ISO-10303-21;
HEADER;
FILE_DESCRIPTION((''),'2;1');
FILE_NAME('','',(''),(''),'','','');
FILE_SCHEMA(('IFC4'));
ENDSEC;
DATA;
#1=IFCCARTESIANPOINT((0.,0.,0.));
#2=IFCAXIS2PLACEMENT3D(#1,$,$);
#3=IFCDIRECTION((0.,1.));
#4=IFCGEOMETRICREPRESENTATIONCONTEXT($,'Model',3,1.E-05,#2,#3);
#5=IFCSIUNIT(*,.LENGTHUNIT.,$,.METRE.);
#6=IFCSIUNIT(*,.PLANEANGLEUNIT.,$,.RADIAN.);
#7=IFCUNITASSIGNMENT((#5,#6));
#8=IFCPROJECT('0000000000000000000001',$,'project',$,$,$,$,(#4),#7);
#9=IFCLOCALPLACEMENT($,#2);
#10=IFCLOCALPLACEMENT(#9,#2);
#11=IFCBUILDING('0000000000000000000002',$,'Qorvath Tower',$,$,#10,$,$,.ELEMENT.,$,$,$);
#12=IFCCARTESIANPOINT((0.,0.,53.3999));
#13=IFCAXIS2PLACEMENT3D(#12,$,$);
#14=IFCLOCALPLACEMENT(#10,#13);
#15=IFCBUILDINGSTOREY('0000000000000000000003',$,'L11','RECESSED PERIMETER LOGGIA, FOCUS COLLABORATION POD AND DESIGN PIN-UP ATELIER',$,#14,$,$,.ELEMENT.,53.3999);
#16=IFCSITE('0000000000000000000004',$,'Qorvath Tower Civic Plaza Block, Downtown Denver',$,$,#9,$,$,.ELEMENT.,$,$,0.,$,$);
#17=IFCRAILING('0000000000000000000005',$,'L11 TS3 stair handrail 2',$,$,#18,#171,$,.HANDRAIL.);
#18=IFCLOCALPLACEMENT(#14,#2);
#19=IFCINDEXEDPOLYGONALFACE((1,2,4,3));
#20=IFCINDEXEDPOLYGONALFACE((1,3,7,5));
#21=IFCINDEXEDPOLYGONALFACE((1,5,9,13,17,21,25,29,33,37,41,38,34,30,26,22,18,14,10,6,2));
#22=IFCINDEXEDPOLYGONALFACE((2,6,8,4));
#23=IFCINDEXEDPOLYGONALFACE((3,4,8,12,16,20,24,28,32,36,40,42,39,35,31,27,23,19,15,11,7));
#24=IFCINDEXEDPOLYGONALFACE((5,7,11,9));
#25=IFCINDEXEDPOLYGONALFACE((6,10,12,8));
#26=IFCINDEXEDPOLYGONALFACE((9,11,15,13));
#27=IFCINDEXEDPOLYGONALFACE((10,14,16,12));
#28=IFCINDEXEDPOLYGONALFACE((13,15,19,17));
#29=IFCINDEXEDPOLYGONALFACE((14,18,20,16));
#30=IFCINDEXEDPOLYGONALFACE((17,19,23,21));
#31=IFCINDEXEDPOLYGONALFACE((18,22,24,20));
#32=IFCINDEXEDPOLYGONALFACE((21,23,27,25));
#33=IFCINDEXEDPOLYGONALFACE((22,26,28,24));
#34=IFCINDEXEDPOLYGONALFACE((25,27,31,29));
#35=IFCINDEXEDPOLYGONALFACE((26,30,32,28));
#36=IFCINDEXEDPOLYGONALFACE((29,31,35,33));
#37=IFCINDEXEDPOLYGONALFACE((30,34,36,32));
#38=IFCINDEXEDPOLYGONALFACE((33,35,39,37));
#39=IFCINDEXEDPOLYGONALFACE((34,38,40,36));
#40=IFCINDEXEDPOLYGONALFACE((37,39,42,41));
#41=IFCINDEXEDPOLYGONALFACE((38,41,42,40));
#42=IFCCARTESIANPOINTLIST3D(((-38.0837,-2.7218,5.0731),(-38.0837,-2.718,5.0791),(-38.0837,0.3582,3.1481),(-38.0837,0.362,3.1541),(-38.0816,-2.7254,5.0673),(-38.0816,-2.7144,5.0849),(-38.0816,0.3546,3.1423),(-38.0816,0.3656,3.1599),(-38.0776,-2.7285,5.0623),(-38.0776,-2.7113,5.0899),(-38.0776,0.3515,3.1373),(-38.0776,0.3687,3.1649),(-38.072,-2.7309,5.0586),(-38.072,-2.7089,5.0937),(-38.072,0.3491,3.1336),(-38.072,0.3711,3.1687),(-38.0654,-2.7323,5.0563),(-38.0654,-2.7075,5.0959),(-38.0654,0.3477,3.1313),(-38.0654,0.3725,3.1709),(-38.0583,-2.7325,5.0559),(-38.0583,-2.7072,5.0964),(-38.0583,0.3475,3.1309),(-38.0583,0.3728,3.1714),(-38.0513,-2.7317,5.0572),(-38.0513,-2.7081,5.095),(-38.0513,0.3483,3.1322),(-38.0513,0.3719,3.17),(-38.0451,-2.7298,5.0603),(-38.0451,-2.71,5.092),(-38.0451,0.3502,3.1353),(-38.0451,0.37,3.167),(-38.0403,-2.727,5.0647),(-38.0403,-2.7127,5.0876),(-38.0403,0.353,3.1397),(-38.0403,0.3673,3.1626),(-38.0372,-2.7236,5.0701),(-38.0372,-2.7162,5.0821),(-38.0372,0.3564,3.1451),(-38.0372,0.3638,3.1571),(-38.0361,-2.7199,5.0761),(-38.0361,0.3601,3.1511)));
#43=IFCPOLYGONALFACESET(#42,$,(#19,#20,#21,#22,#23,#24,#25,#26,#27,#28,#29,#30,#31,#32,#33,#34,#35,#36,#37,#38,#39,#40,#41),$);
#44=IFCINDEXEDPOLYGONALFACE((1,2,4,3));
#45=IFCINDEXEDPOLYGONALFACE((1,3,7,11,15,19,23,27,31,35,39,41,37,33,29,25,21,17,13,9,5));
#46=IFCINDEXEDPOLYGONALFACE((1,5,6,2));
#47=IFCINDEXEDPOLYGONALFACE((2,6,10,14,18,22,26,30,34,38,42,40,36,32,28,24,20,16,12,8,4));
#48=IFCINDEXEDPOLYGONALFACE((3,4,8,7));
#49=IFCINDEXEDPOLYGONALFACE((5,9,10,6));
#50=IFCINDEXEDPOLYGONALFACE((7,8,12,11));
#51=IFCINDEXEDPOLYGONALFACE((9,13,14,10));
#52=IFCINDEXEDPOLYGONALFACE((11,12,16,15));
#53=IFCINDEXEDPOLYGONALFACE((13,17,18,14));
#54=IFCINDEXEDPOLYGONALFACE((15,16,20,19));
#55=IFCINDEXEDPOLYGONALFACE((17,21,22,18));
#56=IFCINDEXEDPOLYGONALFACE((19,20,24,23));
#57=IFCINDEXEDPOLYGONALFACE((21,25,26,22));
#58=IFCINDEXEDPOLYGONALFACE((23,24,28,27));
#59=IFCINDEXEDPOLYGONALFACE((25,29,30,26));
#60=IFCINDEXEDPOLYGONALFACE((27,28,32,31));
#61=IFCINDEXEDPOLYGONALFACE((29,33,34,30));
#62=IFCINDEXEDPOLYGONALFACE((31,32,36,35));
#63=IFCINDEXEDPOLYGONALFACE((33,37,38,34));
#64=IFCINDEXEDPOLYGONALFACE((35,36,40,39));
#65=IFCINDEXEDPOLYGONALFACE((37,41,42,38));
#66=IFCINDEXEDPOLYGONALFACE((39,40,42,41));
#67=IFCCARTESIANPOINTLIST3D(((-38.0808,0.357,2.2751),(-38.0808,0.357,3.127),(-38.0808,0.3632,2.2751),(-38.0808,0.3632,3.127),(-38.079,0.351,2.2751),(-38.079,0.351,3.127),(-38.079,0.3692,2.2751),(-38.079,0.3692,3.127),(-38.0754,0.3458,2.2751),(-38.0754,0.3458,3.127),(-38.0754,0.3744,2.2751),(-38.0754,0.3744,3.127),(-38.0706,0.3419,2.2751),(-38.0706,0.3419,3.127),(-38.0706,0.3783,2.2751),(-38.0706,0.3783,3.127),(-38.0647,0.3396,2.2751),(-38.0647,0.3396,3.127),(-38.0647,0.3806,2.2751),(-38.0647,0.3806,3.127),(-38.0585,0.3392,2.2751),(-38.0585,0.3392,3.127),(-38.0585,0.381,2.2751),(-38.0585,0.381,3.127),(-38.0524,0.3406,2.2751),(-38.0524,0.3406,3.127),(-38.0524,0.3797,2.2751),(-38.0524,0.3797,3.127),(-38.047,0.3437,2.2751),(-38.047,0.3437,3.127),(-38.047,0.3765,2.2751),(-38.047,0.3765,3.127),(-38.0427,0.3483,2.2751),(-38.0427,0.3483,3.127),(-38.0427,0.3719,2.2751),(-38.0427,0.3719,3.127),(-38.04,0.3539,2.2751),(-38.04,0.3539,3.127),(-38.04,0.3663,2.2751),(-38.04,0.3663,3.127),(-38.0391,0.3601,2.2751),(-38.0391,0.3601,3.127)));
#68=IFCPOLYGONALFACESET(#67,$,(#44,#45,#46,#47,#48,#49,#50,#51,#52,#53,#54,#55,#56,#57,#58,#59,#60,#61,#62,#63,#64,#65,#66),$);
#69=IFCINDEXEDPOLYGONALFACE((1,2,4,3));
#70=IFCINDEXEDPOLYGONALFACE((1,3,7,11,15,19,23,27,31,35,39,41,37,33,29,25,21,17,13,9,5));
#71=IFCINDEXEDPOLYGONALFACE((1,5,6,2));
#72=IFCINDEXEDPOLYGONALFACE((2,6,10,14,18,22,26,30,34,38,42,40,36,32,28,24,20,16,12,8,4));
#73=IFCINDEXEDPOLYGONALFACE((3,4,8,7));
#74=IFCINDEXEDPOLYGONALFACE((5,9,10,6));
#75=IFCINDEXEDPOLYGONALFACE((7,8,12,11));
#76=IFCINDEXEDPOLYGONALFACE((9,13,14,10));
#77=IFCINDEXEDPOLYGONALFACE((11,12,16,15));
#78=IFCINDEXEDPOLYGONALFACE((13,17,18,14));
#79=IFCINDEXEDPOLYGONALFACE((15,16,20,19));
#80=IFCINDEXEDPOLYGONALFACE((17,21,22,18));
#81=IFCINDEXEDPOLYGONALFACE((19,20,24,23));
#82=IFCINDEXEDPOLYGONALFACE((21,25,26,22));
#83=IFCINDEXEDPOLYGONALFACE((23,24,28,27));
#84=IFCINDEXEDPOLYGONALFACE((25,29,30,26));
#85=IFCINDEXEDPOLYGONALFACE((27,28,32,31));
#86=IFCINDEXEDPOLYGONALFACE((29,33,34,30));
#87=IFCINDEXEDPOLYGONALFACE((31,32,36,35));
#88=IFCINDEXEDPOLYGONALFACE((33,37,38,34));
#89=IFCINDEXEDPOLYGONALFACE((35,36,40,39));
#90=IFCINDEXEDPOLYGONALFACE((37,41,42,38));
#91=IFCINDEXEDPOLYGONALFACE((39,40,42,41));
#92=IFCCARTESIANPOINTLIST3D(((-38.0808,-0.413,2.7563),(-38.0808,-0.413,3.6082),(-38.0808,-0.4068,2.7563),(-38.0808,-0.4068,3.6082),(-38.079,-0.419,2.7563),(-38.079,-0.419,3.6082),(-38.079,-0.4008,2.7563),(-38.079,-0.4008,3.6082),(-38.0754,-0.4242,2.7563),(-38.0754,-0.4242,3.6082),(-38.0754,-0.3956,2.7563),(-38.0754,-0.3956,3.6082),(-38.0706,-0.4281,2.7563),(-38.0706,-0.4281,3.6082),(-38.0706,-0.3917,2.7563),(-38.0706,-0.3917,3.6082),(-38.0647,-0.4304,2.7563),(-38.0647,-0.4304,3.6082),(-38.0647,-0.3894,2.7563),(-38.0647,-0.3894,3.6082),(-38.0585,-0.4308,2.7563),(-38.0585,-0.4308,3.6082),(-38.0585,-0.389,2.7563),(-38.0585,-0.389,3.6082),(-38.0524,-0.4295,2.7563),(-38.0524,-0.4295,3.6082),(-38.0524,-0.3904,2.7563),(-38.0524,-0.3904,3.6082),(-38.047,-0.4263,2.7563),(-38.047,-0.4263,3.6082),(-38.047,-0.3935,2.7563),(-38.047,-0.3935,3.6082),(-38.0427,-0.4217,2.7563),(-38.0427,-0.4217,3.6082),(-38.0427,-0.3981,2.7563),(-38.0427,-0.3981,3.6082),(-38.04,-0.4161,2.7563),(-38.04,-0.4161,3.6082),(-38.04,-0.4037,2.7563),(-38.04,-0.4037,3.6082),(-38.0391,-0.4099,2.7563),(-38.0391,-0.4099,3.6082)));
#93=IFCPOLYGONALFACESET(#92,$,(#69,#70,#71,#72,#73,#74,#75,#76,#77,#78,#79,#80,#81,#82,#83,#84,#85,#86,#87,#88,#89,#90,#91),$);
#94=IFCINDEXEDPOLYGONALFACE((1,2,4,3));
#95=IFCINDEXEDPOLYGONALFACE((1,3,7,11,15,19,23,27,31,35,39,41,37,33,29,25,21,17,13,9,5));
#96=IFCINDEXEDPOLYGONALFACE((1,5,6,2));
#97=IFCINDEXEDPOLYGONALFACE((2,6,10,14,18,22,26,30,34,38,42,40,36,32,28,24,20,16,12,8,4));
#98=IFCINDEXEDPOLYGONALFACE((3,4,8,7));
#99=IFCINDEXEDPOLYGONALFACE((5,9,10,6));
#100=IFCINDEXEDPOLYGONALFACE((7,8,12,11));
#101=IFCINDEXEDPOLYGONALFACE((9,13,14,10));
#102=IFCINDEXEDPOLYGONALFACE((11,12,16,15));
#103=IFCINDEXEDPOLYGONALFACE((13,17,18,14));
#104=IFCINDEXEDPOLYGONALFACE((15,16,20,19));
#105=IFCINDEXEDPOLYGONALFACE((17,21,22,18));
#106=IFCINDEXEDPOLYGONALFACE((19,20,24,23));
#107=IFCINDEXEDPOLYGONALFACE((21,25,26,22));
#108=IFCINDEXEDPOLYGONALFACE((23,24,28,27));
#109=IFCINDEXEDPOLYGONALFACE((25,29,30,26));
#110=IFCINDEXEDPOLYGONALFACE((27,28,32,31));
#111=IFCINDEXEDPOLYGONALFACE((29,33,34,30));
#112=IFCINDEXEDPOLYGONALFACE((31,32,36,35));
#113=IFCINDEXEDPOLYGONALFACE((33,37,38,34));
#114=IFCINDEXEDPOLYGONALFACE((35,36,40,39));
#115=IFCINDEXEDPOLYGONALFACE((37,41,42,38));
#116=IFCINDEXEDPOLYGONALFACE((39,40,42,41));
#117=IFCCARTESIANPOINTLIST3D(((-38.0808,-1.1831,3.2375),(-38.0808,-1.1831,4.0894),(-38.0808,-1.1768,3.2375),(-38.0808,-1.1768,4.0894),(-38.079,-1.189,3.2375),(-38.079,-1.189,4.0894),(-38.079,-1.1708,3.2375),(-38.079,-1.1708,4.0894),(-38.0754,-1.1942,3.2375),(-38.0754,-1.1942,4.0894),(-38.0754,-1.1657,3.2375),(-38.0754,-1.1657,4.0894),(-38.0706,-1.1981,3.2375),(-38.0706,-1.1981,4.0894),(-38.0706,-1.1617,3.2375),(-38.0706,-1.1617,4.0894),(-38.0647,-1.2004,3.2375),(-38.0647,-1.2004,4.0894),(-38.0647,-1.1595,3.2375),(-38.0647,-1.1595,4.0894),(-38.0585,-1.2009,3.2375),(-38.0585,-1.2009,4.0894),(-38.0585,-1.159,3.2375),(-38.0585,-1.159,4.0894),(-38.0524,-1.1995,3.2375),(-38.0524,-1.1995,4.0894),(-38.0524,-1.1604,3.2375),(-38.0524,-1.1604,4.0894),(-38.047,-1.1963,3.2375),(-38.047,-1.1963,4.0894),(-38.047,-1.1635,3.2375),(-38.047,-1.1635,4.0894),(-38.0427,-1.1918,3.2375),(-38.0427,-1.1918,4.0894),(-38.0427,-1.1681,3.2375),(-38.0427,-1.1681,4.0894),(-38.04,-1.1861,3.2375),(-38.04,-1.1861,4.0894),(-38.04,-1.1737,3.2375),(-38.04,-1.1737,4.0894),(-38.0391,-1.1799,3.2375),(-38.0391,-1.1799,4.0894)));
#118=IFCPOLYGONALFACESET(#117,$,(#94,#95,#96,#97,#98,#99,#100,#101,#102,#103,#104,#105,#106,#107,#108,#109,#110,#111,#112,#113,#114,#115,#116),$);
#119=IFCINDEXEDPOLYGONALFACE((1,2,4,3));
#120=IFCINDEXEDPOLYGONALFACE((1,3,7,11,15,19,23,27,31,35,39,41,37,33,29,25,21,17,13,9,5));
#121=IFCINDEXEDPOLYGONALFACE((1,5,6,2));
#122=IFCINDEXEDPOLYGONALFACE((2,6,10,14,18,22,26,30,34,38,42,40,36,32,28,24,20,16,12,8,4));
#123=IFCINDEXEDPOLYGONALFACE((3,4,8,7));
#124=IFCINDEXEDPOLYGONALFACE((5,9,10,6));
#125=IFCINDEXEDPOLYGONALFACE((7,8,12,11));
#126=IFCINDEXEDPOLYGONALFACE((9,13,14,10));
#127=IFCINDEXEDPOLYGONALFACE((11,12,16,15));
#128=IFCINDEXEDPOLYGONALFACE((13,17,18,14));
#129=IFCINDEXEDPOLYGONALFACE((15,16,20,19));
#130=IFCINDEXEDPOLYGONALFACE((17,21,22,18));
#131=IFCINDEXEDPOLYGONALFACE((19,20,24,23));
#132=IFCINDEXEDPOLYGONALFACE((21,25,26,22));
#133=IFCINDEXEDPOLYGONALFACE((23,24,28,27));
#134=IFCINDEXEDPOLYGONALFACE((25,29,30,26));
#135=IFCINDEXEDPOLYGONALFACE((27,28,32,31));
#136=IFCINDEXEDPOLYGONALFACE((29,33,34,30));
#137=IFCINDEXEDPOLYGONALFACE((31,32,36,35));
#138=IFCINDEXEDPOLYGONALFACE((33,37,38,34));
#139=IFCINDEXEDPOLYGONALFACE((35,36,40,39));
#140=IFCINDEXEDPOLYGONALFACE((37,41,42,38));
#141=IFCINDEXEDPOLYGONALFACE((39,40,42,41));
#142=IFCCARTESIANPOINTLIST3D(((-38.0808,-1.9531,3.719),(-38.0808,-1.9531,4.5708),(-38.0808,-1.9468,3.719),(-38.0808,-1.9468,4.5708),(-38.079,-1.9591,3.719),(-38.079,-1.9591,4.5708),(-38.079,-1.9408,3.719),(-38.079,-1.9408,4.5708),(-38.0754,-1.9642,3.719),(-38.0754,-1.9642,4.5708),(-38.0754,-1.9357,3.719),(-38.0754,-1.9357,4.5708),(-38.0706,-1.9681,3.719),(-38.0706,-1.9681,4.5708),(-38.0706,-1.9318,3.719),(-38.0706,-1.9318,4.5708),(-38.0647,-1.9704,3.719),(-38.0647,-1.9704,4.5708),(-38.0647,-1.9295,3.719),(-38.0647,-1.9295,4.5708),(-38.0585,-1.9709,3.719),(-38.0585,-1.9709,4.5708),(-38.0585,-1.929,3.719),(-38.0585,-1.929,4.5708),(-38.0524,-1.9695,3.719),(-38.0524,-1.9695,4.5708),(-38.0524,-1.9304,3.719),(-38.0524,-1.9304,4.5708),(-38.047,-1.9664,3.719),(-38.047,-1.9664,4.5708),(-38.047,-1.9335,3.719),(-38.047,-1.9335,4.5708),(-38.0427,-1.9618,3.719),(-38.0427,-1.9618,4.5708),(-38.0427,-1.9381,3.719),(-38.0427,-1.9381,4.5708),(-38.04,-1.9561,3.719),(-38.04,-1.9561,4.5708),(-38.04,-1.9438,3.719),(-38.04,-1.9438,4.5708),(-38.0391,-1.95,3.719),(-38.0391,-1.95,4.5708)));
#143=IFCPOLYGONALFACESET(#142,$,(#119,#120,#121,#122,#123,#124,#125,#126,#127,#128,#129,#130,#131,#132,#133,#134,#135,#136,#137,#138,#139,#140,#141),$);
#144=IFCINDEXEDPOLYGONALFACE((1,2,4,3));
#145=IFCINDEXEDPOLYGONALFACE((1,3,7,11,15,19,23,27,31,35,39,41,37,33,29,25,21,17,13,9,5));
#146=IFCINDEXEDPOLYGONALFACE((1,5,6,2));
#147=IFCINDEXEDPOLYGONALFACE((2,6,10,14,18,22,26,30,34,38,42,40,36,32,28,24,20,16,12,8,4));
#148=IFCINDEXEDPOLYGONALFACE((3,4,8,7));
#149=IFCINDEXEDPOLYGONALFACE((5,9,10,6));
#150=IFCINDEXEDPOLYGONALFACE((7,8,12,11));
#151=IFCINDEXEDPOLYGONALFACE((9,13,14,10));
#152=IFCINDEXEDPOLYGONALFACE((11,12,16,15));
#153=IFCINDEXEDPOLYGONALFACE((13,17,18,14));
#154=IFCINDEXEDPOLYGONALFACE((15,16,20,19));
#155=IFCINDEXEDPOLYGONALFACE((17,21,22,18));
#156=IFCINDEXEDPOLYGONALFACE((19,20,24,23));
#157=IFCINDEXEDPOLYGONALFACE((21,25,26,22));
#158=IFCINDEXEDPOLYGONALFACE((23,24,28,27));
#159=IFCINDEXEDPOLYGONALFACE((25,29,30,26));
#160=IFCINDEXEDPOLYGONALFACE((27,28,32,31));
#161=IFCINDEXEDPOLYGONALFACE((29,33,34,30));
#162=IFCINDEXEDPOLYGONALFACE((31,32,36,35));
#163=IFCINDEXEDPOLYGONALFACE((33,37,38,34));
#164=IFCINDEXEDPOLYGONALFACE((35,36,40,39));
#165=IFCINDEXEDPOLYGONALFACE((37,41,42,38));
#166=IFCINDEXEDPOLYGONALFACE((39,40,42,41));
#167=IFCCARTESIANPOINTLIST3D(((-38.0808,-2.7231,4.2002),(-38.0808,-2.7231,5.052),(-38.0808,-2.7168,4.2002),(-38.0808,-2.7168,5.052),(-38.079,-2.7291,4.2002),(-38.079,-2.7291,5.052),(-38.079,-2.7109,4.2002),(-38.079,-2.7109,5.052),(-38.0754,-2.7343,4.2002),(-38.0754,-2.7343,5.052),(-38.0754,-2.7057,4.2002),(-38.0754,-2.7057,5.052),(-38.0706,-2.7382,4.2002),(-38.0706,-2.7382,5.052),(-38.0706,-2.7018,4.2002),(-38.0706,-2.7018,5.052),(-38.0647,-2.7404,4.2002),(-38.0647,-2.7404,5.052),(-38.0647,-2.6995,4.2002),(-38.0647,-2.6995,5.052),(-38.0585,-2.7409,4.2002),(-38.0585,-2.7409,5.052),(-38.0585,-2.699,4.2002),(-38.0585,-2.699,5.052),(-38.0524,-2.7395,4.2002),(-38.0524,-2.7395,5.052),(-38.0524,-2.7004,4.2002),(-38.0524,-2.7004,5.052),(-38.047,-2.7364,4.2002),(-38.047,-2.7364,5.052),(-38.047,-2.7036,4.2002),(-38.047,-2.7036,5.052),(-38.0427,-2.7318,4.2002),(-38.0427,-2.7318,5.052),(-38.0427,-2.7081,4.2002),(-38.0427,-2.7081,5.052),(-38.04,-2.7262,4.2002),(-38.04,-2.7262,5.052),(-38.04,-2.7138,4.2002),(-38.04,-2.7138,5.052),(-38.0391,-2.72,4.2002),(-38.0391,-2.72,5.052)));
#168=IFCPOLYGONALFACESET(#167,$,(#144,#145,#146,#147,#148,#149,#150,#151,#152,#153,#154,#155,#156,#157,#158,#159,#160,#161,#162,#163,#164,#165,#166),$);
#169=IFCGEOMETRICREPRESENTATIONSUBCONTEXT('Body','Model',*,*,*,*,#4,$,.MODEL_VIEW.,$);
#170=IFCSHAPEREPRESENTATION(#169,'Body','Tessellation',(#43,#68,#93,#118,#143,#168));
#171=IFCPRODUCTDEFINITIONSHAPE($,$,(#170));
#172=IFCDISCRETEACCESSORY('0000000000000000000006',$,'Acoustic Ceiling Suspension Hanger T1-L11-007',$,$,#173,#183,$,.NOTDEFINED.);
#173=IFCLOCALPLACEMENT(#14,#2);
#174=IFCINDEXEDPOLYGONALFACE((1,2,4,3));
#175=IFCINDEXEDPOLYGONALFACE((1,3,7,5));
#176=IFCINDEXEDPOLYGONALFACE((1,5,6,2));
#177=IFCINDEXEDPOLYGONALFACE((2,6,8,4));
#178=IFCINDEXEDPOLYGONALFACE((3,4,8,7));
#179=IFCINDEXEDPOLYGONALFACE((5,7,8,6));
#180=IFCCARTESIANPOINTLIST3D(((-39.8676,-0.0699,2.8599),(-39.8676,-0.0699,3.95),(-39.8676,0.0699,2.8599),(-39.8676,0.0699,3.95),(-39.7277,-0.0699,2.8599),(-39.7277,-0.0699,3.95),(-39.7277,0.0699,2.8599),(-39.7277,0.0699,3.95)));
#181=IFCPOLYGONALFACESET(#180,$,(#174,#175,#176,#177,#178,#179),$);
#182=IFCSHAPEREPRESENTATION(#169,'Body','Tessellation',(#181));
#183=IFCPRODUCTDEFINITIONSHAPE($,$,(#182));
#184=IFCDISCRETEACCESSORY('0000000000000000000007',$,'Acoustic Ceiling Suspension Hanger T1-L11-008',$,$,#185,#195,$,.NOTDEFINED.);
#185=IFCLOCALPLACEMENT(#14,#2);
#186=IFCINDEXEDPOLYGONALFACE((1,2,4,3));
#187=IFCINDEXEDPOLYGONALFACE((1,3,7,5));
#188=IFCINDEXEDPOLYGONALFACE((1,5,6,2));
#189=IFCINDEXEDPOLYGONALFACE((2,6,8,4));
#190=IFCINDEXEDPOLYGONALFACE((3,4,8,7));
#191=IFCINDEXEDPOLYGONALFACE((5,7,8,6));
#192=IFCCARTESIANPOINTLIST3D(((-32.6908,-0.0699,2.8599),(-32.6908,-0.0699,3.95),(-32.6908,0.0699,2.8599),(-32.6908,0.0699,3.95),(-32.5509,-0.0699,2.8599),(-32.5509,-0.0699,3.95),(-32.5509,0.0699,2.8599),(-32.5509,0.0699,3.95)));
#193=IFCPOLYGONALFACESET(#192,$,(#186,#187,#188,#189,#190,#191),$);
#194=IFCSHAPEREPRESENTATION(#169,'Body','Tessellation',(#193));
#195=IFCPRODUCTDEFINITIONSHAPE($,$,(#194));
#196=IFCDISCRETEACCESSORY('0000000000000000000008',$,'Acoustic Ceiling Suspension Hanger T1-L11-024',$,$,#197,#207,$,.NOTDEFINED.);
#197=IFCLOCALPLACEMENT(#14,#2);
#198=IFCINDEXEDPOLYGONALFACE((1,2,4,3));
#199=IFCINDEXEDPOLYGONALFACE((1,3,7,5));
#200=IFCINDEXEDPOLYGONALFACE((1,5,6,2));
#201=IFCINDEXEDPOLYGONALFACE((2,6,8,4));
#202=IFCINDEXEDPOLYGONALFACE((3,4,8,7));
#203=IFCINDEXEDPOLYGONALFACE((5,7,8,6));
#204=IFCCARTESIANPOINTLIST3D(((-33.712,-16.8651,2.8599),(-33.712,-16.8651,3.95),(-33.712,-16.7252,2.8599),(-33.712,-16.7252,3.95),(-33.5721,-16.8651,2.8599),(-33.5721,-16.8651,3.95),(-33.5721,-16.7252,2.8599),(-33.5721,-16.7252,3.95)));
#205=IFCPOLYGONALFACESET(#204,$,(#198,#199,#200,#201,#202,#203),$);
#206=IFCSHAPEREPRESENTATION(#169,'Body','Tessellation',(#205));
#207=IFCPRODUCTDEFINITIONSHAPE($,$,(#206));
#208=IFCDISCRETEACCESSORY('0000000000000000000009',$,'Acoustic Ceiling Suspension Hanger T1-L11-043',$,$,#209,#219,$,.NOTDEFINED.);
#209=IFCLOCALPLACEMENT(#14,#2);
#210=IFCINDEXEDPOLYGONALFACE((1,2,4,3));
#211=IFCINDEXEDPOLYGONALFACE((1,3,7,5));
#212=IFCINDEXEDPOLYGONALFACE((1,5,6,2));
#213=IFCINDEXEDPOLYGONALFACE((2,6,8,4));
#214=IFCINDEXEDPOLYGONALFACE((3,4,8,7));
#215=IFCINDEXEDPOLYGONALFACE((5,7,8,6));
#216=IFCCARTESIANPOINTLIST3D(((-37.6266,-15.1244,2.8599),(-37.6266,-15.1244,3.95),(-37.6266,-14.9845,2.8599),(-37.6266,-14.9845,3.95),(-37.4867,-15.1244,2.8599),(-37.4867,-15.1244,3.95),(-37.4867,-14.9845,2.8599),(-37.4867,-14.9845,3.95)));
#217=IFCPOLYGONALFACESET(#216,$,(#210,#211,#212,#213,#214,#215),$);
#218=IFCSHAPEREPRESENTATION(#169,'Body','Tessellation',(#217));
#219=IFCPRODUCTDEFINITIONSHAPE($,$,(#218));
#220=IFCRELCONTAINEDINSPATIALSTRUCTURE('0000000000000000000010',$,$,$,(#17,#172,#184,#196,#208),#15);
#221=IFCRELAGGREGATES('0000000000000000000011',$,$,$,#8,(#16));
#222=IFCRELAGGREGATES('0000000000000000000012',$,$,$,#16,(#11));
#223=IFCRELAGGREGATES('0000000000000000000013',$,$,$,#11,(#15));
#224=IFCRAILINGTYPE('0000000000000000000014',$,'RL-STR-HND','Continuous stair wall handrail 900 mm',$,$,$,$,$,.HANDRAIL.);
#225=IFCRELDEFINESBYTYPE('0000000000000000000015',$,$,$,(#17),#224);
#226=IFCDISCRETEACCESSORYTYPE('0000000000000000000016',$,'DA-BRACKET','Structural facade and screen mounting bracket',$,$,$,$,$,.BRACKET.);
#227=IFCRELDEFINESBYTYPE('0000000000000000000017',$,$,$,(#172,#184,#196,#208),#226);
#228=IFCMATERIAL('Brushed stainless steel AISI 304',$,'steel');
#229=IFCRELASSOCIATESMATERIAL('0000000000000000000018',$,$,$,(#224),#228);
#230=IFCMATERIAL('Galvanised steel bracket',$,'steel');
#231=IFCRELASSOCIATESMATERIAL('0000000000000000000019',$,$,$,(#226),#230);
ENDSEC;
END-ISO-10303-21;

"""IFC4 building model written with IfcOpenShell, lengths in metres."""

from ifc_helpers import new_model, si_unit, direction, frame, origin, origin_2d, place, context, subcontext, project, spatial, rectangle, circle, extrude, material, type_object, element, save


model = new_model("IFC4")

# Units and contexts
model_context = context("Model", 3, precision=1e-05, world=origin(), true_north=direction((0.0, 1.0)))
body_context = subcontext(model_context, "Body", "Model", "MODEL_VIEW")
ifc_project = project(units=[si_unit("LENGTHUNIT", "METRE"), si_unit("PLANEANGLEUNIT", "RADIAN")], contexts=[model_context])

# Site, building, storey
site_placement = place(None, origin())
site = spatial("IfcSite", under=ifc_project, at=site_placement, Name="Qorvath Tower Civic Plaza Block, Downtown Denver", CompositionType="ELEMENT", RefElevation=0.0)
building_placement = place(site_placement, origin())
building = spatial("IfcBuilding", under=site, at=building_placement, Name="Qorvath Tower", CompositionType="ELEMENT")
storey_placement = place(building_placement, frame((0.0, 0.0, 53.3999)))
storey = spatial("IfcBuildingStorey", under=building, at=storey_placement, Name="L11", Description="RECESSED PERIMETER LOGGIA, FOCUS COLLABORATION POD AND DESIGN PIN-UP ATELIER", CompositionType="ELEMENT", Elevation=53.3999)

# Railing
ifc_material_1 = material(Name="Brushed stainless steel AISI 304", Category="steel")
railing_type_1 = type_object("IfcRailingType", Name="RL-STR-HND", Description="Continuous stair wall handrail 900 mm", PredefinedType="HANDRAIL", material=ifc_material_1)
railing_1_placement = place(storey_placement, frame((-38.0601, 0.3601, 2.2751)))
element("IfcRailing", 1, at=railing_1_placement, inside=storey, type_object=railing_type_1, Name="L11 TS3 stair handrail 2", PredefinedType="HANDRAIL", context=body_context, shape_type="SweptSolid", body=[
    extrude(circle(Radius=0.0239, at=origin_2d()), frame((0.0, 0.0, 0.876), z_axis=(0.0, -0.847998, 0.529999), x_axis=(1.0, 0.0, 0.0)), (0.0, 0.0, 1.0), 3.6321),
    extrude(circle(Radius=0.021, at=origin_2d()), origin(), (0.0, 0.0, 1.0), 0.8518),
    extrude(circle(Radius=0.021, at=origin_2d()), frame((0.0, -0.77, 0.4812)), (0.0, 0.0, 1.0), 0.8518),
    extrude(circle(Radius=0.021, at=origin_2d()), frame((0.0, -1.54, 0.9624)), (0.0, 0.0, 1.0), 0.8518),
    extrude(circle(Radius=0.021, at=origin_2d()), frame((0.0, -2.3101, 1.4438)), (0.0, 0.0, 1.0), 0.8518),
    extrude(circle(Radius=0.021, at=origin_2d()), frame((0.0, -3.0801, 1.925)), (0.0, 0.0, 1.0), 0.8518),
])

# Discrete accessories
ifc_material_2 = material(Name="Galvanised steel bracket", Category="steel")
discrete_accessory_type = type_object("IfcDiscreteAccessoryType", Name="DA-BRACKET", Description="Structural facade and screen mounting bracket", PredefinedType="BRACKET", material=ifc_material_2)
for number, where, z_axis, x_axis, name in (
    (2, (-39.7976, 0.0, 2.8599), (0.0, 0.0, 1.0), (1.0, 0.0, 0.0), "Acoustic Ceiling Suspension Hanger T1-L11-007"),
    (3, (-32.6208, 0.0, 2.8599), (0.0, 0.0, 1.0), (1.0, 0.0, 0.0), "Acoustic Ceiling Suspension Hanger T1-L11-008"),
    (4, (-33.6421, -16.7952, 2.8599), (0.0, 0.0, 1.0), (1.0, 0.0, 0.0), "Acoustic Ceiling Suspension Hanger T1-L11-024"),
    (5, (-37.5566, -15.0544, 2.8599), (0.0, 0.0, 1.0), (1.0, 0.0, 0.0), "Acoustic Ceiling Suspension Hanger T1-L11-043"),
):
    element("IfcDiscreteAccessory", number, at=place(storey_placement, frame(where, z_axis=z_axis, x_axis=x_axis)), inside=storey, type_object=discrete_accessory_type, Name=name, PredefinedType="NOTDEFINED", context=body_context, shape_type="SweptSolid", body=[
        extrude(rectangle(XDim=0.1399, YDim=0.1399, at=origin_2d()), origin(), (0.0, 0.0, 1.0), 1.0901),
    ])

save(model, "model.ifc")
